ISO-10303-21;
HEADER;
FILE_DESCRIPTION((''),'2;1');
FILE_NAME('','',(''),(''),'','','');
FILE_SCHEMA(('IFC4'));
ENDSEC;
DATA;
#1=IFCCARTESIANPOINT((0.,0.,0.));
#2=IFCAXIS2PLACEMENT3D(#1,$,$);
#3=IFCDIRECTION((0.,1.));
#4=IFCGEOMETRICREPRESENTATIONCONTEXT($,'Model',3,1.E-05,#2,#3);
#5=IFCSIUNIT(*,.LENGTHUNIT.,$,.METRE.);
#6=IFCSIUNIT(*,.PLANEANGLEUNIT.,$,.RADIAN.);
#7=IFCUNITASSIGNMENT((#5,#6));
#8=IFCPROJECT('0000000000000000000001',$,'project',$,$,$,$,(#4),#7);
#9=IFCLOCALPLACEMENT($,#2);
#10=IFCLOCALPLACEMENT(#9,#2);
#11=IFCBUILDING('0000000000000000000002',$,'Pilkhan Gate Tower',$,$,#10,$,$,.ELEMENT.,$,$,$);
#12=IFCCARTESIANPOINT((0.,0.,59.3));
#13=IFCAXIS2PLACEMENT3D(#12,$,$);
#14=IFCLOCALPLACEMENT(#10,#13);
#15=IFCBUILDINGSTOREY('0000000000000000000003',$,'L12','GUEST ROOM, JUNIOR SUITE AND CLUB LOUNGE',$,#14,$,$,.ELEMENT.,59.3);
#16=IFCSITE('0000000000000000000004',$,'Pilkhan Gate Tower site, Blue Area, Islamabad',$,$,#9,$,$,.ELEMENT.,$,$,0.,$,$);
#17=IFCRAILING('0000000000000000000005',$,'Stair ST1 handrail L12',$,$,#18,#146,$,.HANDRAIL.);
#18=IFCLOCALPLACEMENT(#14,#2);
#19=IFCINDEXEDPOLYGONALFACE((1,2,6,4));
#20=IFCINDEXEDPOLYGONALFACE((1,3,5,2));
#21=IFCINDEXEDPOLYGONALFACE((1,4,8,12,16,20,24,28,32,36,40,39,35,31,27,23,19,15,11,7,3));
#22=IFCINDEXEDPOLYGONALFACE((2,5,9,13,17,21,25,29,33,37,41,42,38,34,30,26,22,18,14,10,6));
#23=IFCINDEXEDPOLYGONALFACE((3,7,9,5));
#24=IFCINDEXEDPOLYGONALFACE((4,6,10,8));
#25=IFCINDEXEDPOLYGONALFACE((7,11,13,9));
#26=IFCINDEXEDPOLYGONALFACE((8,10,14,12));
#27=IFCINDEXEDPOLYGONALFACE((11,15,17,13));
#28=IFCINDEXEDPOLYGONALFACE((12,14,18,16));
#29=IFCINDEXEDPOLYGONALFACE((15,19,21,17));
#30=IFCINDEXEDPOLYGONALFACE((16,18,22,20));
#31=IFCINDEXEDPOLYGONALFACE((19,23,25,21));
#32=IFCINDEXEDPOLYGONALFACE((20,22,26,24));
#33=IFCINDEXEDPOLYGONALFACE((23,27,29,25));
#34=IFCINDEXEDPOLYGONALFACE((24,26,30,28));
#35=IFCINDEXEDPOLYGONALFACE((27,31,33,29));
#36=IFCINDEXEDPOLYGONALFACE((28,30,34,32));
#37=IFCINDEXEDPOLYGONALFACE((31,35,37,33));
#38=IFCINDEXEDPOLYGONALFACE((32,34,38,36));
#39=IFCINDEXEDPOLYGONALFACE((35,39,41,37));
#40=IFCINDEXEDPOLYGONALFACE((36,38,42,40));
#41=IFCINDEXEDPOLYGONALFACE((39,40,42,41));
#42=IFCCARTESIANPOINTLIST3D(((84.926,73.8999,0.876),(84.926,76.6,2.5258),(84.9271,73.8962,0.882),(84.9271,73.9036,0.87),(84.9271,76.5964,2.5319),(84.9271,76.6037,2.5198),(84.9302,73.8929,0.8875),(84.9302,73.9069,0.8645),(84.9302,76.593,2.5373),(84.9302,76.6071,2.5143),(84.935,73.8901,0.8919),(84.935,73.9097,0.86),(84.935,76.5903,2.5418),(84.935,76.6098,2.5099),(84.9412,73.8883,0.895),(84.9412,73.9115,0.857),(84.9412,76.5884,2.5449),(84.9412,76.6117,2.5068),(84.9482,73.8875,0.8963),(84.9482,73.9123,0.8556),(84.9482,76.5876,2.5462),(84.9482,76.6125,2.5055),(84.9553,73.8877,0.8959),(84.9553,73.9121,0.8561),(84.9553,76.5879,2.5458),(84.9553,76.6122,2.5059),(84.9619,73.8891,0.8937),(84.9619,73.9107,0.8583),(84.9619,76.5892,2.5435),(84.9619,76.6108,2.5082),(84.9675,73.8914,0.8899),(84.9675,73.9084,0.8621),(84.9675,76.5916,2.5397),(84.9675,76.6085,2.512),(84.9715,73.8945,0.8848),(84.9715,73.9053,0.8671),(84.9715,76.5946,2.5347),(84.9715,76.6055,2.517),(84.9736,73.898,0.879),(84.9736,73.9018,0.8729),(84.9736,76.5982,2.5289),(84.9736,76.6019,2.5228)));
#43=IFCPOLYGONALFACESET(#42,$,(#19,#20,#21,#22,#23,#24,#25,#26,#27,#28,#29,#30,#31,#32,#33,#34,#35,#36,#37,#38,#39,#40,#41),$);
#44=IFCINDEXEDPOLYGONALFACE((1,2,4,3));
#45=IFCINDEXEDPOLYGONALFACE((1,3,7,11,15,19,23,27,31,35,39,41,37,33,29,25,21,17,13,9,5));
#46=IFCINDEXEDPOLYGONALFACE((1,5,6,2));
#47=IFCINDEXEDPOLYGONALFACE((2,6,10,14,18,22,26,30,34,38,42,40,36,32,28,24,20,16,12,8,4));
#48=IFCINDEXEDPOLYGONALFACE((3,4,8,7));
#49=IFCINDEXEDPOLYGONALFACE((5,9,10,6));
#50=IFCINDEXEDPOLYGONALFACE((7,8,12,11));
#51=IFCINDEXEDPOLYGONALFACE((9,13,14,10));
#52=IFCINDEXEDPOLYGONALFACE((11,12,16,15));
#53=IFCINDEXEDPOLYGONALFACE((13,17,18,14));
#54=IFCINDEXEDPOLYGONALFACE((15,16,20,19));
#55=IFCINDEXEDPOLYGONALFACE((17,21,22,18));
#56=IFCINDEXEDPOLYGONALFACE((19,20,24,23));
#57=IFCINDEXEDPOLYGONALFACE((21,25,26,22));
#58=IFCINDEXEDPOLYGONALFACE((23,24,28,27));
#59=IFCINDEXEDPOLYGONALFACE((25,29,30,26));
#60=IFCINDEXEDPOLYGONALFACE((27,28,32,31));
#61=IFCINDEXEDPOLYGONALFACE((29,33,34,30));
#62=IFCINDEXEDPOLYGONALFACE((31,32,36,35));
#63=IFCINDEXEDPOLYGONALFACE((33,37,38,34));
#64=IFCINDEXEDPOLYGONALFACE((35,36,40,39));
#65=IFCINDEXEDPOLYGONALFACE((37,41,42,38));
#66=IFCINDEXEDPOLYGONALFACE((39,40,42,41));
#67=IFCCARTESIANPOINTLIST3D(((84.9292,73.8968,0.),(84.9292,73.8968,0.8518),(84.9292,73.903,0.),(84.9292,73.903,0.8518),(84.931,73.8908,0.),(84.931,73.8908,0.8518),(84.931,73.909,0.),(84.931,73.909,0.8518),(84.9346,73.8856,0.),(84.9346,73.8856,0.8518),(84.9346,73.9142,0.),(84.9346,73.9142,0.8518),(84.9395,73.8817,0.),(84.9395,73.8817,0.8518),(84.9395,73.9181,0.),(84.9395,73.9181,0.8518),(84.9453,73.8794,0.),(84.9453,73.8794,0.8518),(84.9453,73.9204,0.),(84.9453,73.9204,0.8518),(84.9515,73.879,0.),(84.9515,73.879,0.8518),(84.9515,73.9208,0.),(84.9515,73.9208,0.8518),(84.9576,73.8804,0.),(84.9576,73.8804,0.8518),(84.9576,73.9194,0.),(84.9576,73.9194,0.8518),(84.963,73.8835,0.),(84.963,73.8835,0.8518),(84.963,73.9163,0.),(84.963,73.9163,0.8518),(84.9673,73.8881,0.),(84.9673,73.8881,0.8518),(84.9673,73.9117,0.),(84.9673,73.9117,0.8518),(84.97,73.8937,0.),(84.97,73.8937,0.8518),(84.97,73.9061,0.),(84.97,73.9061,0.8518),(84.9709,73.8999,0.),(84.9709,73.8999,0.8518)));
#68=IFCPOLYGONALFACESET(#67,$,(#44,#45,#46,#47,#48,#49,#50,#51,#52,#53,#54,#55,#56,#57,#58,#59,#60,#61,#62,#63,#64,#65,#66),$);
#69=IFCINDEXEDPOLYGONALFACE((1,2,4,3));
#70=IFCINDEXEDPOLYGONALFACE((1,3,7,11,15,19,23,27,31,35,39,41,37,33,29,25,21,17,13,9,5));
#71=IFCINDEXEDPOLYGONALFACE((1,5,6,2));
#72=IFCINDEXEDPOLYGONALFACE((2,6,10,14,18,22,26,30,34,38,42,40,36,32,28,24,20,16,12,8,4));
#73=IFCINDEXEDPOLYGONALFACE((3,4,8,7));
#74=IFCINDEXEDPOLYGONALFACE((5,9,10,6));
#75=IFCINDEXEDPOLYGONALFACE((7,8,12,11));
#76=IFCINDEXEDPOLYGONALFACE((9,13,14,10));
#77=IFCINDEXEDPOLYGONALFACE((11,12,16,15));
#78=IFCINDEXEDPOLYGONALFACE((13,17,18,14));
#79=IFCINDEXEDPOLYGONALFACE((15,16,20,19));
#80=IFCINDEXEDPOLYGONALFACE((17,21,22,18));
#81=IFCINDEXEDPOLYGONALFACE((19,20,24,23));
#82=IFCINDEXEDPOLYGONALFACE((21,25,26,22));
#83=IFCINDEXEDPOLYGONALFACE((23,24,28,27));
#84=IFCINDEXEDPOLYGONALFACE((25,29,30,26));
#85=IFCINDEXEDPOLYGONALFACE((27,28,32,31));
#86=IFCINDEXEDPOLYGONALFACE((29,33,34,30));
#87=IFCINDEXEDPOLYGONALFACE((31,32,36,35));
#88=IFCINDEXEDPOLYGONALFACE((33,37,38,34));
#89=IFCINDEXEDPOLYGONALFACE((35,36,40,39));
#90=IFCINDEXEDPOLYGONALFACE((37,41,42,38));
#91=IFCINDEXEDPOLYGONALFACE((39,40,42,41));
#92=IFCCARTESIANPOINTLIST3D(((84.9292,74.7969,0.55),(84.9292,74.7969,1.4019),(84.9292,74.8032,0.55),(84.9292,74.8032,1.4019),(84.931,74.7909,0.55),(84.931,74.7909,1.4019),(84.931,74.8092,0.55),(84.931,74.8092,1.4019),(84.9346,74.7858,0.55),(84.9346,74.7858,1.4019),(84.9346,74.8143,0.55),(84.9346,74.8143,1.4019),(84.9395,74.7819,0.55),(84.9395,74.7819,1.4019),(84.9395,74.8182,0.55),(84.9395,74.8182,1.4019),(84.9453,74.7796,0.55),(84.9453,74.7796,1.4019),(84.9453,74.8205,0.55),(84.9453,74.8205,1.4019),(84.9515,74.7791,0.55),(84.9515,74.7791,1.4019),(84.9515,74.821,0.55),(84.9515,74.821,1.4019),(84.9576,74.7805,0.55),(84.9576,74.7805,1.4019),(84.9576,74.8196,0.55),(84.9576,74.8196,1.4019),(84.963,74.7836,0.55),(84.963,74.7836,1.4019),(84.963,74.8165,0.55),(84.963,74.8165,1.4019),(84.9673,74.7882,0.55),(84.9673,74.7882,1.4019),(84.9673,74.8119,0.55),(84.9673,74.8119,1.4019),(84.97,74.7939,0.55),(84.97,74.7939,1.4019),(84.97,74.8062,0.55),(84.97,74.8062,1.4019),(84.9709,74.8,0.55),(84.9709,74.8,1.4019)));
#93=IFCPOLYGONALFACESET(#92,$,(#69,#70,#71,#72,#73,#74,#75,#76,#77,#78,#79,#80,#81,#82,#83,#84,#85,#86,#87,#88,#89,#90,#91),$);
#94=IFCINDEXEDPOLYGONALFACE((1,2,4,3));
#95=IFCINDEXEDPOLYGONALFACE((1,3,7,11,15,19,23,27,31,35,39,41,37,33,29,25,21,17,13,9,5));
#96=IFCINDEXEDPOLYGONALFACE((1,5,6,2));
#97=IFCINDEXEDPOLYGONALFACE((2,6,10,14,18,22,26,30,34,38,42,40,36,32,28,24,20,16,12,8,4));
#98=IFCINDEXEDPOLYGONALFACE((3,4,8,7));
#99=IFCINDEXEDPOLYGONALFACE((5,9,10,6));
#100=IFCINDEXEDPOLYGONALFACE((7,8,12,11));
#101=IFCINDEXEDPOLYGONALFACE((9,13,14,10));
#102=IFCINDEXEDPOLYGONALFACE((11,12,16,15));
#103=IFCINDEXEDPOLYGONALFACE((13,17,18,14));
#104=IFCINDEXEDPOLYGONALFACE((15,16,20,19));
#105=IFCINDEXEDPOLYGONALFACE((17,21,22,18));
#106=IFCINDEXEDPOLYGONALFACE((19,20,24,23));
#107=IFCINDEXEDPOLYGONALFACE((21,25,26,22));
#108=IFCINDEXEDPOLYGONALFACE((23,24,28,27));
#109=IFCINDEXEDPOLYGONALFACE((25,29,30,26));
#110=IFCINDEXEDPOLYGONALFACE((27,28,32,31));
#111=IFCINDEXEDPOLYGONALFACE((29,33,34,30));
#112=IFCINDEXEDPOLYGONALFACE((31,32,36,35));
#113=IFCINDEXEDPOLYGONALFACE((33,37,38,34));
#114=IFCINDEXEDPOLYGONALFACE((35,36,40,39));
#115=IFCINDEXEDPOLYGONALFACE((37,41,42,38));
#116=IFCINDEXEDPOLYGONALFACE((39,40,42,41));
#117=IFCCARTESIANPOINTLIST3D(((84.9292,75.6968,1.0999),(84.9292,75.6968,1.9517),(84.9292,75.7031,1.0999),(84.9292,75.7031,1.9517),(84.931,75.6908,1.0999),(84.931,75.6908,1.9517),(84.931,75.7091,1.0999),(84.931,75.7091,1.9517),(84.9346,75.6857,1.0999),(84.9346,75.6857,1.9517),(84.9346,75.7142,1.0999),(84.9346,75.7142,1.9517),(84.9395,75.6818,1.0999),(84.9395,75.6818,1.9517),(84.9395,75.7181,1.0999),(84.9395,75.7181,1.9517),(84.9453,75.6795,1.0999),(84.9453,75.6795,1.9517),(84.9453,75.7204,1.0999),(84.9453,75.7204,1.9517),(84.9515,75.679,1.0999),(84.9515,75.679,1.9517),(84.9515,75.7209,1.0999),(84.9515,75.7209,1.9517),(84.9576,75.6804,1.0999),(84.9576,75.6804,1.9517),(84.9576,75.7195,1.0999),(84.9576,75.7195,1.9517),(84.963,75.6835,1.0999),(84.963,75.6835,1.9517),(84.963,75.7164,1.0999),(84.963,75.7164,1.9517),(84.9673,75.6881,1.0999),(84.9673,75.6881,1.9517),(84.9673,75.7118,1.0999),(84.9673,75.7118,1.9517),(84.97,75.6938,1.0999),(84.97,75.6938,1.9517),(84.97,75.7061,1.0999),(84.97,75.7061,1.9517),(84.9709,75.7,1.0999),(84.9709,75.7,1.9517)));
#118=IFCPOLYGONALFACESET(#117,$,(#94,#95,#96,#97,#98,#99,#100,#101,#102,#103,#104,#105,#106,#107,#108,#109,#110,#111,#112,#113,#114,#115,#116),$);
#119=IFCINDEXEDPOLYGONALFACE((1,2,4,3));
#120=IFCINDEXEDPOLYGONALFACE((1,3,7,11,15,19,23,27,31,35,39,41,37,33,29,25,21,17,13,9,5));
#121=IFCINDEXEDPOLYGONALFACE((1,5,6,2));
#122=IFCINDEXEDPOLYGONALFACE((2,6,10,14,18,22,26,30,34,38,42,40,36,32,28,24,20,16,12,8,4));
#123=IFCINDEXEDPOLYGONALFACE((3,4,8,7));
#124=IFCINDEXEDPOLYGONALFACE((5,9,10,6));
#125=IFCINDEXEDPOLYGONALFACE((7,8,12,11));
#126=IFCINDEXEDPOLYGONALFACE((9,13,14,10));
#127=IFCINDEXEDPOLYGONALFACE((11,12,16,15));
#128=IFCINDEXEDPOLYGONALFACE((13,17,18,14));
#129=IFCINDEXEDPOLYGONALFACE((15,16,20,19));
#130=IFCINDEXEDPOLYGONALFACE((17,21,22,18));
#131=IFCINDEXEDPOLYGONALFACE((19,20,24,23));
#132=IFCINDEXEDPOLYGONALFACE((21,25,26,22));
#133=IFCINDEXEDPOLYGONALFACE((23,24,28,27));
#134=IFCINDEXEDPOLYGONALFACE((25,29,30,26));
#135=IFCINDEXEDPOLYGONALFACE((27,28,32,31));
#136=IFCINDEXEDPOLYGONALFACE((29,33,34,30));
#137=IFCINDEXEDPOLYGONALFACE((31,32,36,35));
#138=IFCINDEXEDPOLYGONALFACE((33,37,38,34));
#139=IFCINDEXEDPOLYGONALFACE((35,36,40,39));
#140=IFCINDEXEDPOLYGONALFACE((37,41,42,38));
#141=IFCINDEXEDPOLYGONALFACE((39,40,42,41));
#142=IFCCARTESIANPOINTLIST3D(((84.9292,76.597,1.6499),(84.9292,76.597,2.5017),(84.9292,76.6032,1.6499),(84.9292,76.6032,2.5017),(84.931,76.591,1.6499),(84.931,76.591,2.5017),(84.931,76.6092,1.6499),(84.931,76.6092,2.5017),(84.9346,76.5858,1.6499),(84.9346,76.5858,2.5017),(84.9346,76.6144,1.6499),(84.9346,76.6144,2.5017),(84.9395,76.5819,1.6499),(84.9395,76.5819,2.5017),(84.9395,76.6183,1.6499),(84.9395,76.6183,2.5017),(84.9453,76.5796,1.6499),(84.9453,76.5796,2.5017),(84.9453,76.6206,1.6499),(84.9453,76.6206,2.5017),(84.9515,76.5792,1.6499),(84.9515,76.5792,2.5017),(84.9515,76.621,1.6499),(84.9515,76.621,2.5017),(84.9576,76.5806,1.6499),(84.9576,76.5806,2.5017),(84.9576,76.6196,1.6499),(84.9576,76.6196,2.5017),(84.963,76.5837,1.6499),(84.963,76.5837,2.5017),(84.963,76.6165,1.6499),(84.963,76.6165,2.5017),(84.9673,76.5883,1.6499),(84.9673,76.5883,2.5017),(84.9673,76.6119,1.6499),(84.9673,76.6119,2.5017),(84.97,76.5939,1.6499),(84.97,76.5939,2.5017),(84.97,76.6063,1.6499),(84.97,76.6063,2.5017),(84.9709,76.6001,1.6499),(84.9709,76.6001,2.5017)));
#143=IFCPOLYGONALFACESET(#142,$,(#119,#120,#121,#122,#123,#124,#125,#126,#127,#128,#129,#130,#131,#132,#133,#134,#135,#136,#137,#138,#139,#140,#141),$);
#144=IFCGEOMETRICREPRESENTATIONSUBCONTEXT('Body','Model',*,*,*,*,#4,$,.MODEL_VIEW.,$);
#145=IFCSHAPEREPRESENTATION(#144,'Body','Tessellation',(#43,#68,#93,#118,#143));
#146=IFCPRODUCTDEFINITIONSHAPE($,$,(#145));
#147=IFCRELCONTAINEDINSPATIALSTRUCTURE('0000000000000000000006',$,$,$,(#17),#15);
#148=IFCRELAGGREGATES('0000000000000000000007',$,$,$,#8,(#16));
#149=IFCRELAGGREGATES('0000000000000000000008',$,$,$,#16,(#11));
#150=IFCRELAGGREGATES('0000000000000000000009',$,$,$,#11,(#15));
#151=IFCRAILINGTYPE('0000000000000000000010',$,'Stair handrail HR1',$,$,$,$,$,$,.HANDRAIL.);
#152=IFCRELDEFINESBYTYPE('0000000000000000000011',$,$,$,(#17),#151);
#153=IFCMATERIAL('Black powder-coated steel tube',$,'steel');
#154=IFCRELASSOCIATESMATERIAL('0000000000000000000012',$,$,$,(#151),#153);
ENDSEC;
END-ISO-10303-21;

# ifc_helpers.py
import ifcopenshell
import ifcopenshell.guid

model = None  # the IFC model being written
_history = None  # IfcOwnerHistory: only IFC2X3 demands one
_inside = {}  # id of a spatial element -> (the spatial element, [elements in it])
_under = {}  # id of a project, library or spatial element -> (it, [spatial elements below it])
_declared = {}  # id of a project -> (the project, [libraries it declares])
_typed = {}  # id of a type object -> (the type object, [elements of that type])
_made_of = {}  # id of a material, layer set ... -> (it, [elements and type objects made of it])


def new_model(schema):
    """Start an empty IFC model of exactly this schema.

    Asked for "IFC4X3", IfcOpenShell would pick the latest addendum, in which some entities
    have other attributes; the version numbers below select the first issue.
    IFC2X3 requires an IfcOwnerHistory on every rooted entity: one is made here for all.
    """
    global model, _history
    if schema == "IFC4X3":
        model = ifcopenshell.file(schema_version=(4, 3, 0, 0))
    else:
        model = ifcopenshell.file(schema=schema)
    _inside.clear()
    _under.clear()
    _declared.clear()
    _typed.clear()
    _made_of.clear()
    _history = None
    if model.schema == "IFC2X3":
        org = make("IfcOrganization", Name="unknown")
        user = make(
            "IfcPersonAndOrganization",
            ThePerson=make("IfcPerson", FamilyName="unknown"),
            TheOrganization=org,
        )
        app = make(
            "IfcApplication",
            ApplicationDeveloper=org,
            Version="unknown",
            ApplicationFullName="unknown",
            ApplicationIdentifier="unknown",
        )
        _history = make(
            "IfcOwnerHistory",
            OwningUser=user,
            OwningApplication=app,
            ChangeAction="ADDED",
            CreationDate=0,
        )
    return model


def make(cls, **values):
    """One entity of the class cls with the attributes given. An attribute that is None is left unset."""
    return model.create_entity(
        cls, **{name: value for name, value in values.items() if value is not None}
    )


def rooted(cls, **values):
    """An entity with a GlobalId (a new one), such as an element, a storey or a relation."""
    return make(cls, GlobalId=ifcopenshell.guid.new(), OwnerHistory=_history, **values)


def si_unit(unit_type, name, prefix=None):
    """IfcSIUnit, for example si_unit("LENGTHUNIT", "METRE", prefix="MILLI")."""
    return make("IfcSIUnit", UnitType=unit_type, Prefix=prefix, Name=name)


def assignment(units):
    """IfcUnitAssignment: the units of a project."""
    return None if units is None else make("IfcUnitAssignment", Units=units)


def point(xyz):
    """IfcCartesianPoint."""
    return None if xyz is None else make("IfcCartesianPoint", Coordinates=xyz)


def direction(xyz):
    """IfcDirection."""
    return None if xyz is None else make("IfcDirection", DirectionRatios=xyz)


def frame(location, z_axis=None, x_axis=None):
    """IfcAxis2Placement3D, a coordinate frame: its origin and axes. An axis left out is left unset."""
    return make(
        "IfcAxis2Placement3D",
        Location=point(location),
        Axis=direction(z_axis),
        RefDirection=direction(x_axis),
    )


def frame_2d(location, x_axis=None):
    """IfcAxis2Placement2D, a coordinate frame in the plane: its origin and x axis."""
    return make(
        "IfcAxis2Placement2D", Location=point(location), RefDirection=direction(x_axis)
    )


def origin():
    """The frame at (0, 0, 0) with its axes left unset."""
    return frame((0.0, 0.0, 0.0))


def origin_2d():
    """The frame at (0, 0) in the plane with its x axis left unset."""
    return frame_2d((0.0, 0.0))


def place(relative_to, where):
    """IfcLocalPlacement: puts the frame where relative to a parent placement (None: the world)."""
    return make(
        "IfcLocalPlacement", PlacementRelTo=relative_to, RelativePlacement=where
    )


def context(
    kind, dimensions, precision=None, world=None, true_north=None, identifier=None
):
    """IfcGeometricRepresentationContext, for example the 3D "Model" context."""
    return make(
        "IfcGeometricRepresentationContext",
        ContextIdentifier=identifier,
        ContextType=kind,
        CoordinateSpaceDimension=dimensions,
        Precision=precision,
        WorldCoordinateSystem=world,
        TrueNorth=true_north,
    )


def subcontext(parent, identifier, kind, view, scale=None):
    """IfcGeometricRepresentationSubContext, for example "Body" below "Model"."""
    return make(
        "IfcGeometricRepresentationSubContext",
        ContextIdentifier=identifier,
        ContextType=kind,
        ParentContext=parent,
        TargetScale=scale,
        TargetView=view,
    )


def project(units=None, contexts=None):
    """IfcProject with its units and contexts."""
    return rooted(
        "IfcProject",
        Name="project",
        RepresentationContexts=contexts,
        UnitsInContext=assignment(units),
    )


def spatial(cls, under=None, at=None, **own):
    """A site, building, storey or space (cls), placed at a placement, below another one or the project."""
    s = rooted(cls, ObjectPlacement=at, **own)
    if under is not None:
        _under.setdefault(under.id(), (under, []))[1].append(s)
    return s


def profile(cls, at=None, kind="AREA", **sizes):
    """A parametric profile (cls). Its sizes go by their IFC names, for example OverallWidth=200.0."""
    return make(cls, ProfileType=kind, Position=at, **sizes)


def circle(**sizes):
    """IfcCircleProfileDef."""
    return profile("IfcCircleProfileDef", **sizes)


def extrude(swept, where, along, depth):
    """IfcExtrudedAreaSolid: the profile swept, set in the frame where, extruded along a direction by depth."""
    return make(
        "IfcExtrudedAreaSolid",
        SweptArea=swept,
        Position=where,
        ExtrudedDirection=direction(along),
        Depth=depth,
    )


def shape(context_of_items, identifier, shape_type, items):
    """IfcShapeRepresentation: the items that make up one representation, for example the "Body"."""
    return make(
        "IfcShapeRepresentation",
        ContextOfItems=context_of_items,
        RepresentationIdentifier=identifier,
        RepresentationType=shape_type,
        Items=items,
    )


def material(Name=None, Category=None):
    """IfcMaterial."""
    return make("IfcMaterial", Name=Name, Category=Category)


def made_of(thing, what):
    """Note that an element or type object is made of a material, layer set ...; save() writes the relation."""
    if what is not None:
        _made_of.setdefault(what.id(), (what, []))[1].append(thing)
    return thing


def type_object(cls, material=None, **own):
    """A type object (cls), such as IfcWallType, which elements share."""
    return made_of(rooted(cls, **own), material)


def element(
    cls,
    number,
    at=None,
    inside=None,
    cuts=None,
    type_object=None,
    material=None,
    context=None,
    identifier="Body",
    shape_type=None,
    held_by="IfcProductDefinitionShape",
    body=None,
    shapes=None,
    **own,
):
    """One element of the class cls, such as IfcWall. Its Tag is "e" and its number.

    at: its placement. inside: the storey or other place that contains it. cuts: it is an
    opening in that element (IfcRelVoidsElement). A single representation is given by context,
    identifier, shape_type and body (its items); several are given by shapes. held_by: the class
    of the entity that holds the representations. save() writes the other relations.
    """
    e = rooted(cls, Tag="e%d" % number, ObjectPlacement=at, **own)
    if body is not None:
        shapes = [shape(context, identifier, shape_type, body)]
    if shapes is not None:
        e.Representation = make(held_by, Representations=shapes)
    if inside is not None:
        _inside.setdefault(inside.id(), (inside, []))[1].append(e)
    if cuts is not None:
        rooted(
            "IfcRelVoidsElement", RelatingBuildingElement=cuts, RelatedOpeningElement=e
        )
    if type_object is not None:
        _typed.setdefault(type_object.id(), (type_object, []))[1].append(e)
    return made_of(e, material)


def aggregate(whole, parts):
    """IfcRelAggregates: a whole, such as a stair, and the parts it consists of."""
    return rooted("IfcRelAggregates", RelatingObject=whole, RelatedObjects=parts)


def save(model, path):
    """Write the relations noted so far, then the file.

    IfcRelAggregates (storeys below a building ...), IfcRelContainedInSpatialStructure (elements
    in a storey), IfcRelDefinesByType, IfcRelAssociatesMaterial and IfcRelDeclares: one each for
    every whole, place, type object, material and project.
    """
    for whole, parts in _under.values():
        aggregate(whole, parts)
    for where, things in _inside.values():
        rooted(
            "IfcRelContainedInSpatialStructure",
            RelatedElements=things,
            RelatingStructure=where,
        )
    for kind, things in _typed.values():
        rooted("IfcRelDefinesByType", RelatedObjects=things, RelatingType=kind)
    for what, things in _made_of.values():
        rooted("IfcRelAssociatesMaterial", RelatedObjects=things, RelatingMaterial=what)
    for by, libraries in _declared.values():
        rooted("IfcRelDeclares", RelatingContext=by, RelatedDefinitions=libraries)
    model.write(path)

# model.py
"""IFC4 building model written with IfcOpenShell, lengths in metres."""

from ifc_helpers import new_model, si_unit, direction, frame, origin, origin_2d, place, context, subcontext, project, spatial, circle, extrude, material, type_object, element, save


model = new_model("IFC4")

# Units and contexts
model_context = context("Model", 3, precision=1e-05, world=origin(), true_north=direction((0.0, 1.0)))
body_context = subcontext(model_context, "Body", "Model", "MODEL_VIEW")
ifc_project = project(units=[si_unit("LENGTHUNIT", "METRE"), si_unit("PLANEANGLEUNIT", "RADIAN")], contexts=[model_context])

# Site, building, storey
site_placement = place(None, origin())
site = spatial("IfcSite", under=ifc_project, at=site_placement, Name="Pilkhan Gate Tower site, Blue Area, Islamabad", CompositionType="ELEMENT", RefElevation=0.0)
building_placement = place(site_placement, origin())
building = spatial("IfcBuilding", under=site, at=building_placement, Name="Pilkhan Gate Tower", CompositionType="ELEMENT")
storey_placement = place(building_placement, frame((0.0, 0.0, 59.3)))
storey = spatial("IfcBuildingStorey", under=building, at=storey_placement, Name="L12", Description="GUEST ROOM, JUNIOR SUITE AND CLUB LOUNGE", CompositionType="ELEMENT", Elevation=59.3)

# Railing
ifc_material_1 = material(Name="Black powder-coated steel tube", Category="steel")
railing_type_1 = type_object("IfcRailingType", Name="Stair handrail HR1", PredefinedType="HANDRAIL", material=ifc_material_1)
railing_1_placement = place(storey_placement, frame((84.95, 73.8999, 0.0)))
element("IfcRailing", 1, at=railing_1_placement, inside=storey, type_object=railing_type_1, Name="Stair ST1 handrail L12", PredefinedType="HANDRAIL", context=body_context, shape_type="SweptSolid", body=[
    extrude(circle(Radius=0.0239, at=origin_2d()), frame((0.0, 0.0, 0.876), z_axis=(0.0, 0.853312, 0.5214), x_axis=(-1.0, 0.0, 0.0)), (0.0, 0.0, 1.0), 3.1643),
    extrude(circle(Radius=0.021, at=origin_2d()), origin(), (0.0, 0.0, 1.0), 0.8518),
    extrude(circle(Radius=0.021, at=origin_2d()), frame((0.0, 0.9001, 0.55)), (0.0, 0.0, 1.0), 0.8518),
    extrude(circle(Radius=0.021, at=origin_2d()), frame((0.0, 1.8, 1.0999)), (0.0, 0.0, 1.0), 0.8518),
    extrude(circle(Radius=0.021, at=origin_2d()), frame((0.0, 2.7002, 1.6499)), (0.0, 0.0, 1.0), 0.8518),
])

save(model, "model.ifc")
